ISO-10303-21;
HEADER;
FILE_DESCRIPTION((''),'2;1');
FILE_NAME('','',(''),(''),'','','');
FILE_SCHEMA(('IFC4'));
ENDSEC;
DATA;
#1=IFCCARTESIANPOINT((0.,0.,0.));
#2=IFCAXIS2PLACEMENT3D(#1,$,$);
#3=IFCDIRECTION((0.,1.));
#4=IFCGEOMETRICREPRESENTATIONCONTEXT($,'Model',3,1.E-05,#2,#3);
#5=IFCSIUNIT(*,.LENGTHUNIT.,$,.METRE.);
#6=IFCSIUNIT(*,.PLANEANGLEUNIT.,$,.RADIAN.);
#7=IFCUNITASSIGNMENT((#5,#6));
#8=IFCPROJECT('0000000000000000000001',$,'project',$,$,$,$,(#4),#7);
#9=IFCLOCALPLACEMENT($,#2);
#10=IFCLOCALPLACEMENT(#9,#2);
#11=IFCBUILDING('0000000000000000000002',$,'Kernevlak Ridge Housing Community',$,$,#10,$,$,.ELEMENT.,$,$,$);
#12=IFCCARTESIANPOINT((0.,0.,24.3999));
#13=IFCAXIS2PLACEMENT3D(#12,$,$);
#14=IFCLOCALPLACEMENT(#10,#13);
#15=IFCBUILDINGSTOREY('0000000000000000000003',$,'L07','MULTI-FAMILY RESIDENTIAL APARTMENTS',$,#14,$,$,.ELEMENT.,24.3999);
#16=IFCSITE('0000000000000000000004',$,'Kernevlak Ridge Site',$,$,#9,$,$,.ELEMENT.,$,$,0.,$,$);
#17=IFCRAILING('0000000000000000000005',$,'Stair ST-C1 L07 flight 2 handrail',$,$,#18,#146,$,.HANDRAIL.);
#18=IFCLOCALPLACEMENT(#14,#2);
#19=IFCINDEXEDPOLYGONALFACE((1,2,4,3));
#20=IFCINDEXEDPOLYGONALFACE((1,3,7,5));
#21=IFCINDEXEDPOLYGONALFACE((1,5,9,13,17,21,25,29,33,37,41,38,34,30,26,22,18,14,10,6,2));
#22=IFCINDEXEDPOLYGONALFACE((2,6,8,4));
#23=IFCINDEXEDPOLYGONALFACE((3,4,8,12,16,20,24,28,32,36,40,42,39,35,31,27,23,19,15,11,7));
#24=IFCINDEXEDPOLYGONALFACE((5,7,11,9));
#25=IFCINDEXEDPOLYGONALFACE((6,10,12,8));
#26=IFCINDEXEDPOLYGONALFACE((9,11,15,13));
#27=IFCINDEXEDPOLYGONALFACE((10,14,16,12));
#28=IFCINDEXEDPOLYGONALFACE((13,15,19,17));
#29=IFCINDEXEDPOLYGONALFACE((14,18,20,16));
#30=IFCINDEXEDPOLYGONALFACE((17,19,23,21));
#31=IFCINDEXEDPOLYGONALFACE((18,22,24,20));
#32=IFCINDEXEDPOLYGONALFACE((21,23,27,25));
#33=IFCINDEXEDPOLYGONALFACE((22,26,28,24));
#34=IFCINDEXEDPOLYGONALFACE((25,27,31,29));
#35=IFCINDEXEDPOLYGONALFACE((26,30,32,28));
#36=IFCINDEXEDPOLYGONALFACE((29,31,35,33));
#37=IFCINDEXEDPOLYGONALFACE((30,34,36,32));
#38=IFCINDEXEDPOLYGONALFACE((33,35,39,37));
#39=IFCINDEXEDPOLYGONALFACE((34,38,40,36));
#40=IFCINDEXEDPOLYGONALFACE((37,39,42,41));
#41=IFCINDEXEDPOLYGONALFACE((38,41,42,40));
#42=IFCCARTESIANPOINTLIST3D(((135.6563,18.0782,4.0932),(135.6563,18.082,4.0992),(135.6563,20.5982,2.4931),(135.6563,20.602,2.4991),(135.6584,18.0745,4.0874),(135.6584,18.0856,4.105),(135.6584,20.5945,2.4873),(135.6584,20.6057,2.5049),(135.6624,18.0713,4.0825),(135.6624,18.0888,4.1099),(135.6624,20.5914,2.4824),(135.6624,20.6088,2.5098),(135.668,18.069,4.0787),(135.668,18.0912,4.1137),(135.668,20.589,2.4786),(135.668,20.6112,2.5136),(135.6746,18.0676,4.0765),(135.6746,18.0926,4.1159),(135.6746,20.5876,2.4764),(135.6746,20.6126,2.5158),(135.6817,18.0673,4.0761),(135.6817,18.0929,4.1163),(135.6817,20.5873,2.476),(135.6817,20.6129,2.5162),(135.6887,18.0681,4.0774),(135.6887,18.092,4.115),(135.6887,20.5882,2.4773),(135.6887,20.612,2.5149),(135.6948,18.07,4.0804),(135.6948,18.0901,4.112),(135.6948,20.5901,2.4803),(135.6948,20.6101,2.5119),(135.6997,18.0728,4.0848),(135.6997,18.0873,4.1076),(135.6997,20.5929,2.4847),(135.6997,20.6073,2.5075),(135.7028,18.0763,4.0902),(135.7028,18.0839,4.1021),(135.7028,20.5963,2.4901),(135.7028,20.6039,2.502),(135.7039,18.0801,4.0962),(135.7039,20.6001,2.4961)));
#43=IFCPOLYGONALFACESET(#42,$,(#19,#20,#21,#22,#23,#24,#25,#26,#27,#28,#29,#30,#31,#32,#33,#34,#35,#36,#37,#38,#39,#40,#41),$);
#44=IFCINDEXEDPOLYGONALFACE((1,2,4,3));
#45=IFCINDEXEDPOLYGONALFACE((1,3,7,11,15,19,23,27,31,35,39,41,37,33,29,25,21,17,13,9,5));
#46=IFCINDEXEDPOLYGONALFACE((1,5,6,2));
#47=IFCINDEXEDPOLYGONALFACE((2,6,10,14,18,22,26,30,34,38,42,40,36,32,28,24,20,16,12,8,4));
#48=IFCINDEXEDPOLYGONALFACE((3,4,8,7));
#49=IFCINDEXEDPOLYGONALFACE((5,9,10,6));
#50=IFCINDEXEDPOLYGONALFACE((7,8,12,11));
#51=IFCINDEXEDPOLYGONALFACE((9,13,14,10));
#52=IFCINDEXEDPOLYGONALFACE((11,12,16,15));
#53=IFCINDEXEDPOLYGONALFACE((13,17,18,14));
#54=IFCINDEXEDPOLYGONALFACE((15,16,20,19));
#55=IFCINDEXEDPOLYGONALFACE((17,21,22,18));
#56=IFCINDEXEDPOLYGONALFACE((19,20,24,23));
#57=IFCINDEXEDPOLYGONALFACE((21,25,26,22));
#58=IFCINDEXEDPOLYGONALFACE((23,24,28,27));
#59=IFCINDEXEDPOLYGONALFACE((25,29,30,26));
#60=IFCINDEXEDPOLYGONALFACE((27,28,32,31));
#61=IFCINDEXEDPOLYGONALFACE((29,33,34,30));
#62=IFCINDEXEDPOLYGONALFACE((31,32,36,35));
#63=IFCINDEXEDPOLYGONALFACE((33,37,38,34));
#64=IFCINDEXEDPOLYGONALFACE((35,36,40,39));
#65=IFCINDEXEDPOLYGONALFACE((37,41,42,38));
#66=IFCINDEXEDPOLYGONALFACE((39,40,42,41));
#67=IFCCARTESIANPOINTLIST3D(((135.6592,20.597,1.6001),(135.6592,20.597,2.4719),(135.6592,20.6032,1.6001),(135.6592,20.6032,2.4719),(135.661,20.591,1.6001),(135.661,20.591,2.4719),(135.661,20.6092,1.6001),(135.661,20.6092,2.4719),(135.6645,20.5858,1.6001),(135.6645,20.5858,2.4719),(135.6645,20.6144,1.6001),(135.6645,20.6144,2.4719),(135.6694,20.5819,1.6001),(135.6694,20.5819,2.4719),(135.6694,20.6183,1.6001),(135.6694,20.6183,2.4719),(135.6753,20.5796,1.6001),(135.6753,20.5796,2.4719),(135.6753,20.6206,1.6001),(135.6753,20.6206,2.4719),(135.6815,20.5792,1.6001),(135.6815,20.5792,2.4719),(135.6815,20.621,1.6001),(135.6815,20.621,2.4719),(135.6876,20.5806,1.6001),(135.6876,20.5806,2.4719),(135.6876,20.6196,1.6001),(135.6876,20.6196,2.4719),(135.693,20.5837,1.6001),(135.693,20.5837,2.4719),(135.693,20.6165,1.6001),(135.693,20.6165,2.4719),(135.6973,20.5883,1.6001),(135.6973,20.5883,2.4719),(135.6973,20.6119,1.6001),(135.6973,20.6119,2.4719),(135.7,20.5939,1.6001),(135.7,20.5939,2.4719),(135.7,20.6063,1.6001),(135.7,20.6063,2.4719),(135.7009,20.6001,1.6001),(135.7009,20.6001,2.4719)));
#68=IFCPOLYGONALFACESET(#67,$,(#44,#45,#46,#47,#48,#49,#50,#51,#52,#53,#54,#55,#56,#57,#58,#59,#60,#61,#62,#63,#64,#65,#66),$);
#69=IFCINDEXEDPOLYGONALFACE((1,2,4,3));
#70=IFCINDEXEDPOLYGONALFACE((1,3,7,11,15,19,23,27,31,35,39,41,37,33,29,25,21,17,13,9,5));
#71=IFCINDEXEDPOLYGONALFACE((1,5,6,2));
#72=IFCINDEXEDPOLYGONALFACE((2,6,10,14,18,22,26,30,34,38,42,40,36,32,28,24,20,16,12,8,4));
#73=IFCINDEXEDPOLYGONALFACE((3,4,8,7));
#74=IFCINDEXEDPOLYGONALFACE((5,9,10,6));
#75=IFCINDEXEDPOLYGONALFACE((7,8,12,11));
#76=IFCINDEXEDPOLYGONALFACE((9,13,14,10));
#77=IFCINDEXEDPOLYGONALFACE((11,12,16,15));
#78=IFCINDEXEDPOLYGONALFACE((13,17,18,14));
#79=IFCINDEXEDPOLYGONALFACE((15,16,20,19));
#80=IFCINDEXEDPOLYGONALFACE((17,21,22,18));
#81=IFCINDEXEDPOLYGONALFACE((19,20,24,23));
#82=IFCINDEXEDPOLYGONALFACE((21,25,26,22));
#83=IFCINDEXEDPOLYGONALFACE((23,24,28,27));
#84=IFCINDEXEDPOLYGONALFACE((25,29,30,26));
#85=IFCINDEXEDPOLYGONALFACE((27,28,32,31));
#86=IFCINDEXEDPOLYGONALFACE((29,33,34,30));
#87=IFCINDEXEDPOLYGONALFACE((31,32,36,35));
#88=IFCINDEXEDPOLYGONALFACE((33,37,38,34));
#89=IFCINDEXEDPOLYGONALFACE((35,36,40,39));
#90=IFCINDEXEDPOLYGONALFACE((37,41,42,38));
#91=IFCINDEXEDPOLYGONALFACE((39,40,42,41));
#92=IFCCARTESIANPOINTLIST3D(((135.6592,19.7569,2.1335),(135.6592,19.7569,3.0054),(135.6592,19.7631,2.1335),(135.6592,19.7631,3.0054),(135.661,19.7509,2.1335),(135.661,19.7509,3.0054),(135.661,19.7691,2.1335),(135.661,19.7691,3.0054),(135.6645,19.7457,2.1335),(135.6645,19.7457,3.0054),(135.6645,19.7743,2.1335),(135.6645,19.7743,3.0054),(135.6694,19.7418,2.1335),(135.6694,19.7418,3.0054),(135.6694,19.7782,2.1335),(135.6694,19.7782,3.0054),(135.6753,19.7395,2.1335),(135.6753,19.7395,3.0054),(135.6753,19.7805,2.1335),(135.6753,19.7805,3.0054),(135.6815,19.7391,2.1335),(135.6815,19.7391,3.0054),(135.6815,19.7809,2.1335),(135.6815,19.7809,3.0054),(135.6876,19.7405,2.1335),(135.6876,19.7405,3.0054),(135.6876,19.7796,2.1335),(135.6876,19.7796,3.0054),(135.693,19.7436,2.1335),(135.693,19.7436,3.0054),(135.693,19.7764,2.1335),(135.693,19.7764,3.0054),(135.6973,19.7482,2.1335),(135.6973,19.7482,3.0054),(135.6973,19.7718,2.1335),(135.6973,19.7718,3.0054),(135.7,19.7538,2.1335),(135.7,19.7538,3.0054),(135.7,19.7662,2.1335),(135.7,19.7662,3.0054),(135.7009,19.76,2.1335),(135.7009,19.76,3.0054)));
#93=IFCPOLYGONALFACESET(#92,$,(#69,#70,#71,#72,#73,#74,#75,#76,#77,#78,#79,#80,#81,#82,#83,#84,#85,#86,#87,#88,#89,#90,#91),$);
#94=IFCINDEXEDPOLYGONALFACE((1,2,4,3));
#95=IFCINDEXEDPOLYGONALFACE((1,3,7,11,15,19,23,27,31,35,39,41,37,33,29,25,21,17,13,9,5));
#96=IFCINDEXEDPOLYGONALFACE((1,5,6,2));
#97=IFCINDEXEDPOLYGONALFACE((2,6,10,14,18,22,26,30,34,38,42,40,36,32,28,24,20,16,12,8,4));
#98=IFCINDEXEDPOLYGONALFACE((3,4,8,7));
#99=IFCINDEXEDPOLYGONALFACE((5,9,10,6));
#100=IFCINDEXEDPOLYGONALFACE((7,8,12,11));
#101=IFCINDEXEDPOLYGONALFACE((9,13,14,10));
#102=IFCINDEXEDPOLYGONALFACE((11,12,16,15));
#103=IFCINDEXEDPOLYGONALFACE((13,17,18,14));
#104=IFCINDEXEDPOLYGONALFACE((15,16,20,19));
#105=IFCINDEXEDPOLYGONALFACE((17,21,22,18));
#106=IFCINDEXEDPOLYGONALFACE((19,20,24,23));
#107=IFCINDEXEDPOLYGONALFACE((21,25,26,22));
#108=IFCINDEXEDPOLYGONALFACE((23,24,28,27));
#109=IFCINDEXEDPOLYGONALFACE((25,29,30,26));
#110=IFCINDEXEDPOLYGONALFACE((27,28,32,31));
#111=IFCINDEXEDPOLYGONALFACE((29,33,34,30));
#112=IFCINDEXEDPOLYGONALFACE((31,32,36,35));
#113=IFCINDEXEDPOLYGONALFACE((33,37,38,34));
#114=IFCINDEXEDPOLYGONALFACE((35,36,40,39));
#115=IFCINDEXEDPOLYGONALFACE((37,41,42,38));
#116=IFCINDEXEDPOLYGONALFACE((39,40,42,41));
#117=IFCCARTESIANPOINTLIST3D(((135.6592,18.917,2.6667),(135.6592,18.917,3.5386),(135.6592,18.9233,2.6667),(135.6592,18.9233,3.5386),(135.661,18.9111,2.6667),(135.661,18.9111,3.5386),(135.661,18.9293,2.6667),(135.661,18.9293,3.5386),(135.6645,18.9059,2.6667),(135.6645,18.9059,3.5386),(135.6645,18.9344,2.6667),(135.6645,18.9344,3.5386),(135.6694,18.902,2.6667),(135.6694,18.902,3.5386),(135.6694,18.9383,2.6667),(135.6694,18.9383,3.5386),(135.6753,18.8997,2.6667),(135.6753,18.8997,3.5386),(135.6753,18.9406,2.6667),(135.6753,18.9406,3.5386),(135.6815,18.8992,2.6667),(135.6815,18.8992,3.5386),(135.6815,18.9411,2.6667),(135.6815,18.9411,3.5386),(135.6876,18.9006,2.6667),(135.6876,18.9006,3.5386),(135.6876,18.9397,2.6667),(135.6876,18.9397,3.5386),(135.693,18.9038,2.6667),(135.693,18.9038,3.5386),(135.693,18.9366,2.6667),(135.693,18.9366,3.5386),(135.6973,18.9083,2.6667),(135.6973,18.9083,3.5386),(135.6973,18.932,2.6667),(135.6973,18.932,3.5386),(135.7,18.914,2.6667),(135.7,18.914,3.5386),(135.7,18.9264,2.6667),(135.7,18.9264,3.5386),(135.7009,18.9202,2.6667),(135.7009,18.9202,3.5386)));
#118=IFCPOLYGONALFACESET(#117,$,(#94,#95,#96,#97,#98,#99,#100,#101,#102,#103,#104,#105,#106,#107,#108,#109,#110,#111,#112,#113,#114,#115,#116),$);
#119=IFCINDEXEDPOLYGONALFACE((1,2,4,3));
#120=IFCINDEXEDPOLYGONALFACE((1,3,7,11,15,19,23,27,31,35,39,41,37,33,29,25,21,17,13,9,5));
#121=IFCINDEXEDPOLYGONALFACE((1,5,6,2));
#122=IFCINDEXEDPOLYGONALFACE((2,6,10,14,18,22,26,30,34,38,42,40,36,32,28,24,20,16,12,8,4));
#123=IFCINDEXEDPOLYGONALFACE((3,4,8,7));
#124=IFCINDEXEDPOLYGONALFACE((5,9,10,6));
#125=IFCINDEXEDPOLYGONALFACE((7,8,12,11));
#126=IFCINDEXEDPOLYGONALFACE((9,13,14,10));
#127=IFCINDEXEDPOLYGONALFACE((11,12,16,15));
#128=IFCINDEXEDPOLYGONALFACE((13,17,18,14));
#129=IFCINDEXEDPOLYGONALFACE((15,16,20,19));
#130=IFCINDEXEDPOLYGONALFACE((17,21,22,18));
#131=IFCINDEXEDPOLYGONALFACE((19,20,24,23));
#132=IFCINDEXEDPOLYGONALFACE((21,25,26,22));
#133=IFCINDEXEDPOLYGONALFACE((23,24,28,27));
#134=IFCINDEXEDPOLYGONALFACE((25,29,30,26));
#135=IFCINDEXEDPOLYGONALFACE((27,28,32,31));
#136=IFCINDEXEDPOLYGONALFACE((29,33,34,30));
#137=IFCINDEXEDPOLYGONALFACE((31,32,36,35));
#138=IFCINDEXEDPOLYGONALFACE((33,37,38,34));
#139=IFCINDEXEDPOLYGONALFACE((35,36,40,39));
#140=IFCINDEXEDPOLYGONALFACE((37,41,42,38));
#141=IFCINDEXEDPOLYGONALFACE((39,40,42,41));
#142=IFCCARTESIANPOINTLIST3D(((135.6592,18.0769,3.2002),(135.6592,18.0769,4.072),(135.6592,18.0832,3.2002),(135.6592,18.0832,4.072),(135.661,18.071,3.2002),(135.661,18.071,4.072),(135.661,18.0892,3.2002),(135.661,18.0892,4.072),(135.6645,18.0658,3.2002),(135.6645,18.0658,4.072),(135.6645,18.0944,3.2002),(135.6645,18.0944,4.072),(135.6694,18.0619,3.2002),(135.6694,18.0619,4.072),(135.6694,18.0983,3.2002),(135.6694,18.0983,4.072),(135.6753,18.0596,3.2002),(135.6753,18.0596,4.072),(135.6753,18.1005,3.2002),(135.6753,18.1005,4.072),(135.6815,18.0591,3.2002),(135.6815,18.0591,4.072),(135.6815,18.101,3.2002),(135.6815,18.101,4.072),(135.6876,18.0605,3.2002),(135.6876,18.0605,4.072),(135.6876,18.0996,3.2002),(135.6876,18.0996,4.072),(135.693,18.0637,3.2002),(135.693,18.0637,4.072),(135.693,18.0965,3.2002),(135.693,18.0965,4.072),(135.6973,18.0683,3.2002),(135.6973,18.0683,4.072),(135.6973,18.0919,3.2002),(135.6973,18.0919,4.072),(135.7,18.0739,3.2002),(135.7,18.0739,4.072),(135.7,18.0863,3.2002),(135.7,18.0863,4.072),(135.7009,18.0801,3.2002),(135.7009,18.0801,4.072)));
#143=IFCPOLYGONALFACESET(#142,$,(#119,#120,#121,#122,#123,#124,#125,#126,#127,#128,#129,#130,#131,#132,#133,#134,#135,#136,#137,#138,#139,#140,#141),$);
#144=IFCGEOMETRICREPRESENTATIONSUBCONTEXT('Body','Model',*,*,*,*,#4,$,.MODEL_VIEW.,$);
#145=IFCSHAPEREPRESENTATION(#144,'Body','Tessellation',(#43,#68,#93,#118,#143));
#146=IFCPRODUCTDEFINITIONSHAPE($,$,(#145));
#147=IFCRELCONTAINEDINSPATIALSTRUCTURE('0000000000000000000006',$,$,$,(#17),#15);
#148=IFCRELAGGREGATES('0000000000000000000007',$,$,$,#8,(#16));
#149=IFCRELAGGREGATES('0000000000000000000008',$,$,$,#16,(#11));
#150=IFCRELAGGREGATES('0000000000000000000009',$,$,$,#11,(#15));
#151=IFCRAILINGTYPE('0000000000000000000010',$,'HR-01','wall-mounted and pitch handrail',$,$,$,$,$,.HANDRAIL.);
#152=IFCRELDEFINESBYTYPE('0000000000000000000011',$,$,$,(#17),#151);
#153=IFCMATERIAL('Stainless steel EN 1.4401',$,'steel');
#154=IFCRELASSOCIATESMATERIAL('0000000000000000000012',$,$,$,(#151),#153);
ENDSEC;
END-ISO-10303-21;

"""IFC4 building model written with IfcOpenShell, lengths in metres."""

from ifc_helpers import new_model, si_unit, direction, frame, origin, origin_2d, place, context, subcontext, project, spatial, circle, extrude, material, type_object, element, save


model = new_model("IFC4")

# Units and contexts
model_context = context("Model", 3, precision=1e-05, world=origin(), true_north=direction((0.0, 1.0)))
body_context = subcontext(model_context, "Body", "Model", "MODEL_VIEW")
ifc_project = project(units=[si_unit("LENGTHUNIT", "METRE"), si_unit("PLANEANGLEUNIT", "RADIAN")], contexts=[model_context])

# Site, building, storey
site_placement = place(None, origin())
site = spatial("IfcSite", under=ifc_project, at=site_placement, Name="Kernevlak Ridge Site", CompositionType="ELEMENT", RefElevation=0.0)
building_placement = place(site_placement, origin())
building = spatial("IfcBuilding", under=site, at=building_placement, Name="Kernevlak Ridge Housing Community", CompositionType="ELEMENT")
storey_placement = place(building_placement, frame((0.0, 0.0, 24.3999)))
storey = spatial("IfcBuildingStorey", under=building, at=storey_placement, Name="L07", Description="MULTI-FAMILY RESIDENTIAL APARTMENTS", CompositionType="ELEMENT", Elevation=24.3999)

# Shared definitions
ifc_material_1 = material(Name="Stainless steel EN 1.4401", Category="steel")

# Railing
railing_type_1 = type_object("IfcRailingType", Name="HR-01", Description="wall-mounted and pitch handrail", PredefinedType="HANDRAIL", material=ifc_material_1)
railing_1_placement = place(storey_placement, frame((135.6799, 20.6001, 1.6001)))
element("IfcRailing", 1, at=railing_1_placement, inside=storey, type_object=railing_type_1, Name="Stair ST-C1 L07 flight 2 handrail", PredefinedType="HANDRAIL", context=body_context, shape_type="SweptSolid", body=[
    extrude(circle(Radius=0.0239, at=origin_2d()), frame((0.0, 0.0, 0.896), z_axis=(0.0, -0.8442, 0.536028), x_axis=(1.0, 0.0, 0.0)), (0.0, 0.0, 1.0), 2.9851),
    extrude(circle(Radius=0.021, at=origin_2d()), origin(), (0.0, 0.0, 1.0), 0.8718),
    extrude(circle(Radius=0.021, at=origin_2d()), frame((0.0, -0.8401, 0.5334)), (0.0, 0.0, 1.0), 0.8718),
    extrude(circle(Radius=0.021, at=origin_2d()), frame((0.0, -1.6799, 1.0667)), (0.0, 0.0, 1.0), 0.8718),
    extrude(circle(Radius=0.021, at=origin_2d()), frame((0.0, -2.52, 1.6001)), (0.0, 0.0, 1.0), 0.8718),
])

save(model, "model.ifc")
